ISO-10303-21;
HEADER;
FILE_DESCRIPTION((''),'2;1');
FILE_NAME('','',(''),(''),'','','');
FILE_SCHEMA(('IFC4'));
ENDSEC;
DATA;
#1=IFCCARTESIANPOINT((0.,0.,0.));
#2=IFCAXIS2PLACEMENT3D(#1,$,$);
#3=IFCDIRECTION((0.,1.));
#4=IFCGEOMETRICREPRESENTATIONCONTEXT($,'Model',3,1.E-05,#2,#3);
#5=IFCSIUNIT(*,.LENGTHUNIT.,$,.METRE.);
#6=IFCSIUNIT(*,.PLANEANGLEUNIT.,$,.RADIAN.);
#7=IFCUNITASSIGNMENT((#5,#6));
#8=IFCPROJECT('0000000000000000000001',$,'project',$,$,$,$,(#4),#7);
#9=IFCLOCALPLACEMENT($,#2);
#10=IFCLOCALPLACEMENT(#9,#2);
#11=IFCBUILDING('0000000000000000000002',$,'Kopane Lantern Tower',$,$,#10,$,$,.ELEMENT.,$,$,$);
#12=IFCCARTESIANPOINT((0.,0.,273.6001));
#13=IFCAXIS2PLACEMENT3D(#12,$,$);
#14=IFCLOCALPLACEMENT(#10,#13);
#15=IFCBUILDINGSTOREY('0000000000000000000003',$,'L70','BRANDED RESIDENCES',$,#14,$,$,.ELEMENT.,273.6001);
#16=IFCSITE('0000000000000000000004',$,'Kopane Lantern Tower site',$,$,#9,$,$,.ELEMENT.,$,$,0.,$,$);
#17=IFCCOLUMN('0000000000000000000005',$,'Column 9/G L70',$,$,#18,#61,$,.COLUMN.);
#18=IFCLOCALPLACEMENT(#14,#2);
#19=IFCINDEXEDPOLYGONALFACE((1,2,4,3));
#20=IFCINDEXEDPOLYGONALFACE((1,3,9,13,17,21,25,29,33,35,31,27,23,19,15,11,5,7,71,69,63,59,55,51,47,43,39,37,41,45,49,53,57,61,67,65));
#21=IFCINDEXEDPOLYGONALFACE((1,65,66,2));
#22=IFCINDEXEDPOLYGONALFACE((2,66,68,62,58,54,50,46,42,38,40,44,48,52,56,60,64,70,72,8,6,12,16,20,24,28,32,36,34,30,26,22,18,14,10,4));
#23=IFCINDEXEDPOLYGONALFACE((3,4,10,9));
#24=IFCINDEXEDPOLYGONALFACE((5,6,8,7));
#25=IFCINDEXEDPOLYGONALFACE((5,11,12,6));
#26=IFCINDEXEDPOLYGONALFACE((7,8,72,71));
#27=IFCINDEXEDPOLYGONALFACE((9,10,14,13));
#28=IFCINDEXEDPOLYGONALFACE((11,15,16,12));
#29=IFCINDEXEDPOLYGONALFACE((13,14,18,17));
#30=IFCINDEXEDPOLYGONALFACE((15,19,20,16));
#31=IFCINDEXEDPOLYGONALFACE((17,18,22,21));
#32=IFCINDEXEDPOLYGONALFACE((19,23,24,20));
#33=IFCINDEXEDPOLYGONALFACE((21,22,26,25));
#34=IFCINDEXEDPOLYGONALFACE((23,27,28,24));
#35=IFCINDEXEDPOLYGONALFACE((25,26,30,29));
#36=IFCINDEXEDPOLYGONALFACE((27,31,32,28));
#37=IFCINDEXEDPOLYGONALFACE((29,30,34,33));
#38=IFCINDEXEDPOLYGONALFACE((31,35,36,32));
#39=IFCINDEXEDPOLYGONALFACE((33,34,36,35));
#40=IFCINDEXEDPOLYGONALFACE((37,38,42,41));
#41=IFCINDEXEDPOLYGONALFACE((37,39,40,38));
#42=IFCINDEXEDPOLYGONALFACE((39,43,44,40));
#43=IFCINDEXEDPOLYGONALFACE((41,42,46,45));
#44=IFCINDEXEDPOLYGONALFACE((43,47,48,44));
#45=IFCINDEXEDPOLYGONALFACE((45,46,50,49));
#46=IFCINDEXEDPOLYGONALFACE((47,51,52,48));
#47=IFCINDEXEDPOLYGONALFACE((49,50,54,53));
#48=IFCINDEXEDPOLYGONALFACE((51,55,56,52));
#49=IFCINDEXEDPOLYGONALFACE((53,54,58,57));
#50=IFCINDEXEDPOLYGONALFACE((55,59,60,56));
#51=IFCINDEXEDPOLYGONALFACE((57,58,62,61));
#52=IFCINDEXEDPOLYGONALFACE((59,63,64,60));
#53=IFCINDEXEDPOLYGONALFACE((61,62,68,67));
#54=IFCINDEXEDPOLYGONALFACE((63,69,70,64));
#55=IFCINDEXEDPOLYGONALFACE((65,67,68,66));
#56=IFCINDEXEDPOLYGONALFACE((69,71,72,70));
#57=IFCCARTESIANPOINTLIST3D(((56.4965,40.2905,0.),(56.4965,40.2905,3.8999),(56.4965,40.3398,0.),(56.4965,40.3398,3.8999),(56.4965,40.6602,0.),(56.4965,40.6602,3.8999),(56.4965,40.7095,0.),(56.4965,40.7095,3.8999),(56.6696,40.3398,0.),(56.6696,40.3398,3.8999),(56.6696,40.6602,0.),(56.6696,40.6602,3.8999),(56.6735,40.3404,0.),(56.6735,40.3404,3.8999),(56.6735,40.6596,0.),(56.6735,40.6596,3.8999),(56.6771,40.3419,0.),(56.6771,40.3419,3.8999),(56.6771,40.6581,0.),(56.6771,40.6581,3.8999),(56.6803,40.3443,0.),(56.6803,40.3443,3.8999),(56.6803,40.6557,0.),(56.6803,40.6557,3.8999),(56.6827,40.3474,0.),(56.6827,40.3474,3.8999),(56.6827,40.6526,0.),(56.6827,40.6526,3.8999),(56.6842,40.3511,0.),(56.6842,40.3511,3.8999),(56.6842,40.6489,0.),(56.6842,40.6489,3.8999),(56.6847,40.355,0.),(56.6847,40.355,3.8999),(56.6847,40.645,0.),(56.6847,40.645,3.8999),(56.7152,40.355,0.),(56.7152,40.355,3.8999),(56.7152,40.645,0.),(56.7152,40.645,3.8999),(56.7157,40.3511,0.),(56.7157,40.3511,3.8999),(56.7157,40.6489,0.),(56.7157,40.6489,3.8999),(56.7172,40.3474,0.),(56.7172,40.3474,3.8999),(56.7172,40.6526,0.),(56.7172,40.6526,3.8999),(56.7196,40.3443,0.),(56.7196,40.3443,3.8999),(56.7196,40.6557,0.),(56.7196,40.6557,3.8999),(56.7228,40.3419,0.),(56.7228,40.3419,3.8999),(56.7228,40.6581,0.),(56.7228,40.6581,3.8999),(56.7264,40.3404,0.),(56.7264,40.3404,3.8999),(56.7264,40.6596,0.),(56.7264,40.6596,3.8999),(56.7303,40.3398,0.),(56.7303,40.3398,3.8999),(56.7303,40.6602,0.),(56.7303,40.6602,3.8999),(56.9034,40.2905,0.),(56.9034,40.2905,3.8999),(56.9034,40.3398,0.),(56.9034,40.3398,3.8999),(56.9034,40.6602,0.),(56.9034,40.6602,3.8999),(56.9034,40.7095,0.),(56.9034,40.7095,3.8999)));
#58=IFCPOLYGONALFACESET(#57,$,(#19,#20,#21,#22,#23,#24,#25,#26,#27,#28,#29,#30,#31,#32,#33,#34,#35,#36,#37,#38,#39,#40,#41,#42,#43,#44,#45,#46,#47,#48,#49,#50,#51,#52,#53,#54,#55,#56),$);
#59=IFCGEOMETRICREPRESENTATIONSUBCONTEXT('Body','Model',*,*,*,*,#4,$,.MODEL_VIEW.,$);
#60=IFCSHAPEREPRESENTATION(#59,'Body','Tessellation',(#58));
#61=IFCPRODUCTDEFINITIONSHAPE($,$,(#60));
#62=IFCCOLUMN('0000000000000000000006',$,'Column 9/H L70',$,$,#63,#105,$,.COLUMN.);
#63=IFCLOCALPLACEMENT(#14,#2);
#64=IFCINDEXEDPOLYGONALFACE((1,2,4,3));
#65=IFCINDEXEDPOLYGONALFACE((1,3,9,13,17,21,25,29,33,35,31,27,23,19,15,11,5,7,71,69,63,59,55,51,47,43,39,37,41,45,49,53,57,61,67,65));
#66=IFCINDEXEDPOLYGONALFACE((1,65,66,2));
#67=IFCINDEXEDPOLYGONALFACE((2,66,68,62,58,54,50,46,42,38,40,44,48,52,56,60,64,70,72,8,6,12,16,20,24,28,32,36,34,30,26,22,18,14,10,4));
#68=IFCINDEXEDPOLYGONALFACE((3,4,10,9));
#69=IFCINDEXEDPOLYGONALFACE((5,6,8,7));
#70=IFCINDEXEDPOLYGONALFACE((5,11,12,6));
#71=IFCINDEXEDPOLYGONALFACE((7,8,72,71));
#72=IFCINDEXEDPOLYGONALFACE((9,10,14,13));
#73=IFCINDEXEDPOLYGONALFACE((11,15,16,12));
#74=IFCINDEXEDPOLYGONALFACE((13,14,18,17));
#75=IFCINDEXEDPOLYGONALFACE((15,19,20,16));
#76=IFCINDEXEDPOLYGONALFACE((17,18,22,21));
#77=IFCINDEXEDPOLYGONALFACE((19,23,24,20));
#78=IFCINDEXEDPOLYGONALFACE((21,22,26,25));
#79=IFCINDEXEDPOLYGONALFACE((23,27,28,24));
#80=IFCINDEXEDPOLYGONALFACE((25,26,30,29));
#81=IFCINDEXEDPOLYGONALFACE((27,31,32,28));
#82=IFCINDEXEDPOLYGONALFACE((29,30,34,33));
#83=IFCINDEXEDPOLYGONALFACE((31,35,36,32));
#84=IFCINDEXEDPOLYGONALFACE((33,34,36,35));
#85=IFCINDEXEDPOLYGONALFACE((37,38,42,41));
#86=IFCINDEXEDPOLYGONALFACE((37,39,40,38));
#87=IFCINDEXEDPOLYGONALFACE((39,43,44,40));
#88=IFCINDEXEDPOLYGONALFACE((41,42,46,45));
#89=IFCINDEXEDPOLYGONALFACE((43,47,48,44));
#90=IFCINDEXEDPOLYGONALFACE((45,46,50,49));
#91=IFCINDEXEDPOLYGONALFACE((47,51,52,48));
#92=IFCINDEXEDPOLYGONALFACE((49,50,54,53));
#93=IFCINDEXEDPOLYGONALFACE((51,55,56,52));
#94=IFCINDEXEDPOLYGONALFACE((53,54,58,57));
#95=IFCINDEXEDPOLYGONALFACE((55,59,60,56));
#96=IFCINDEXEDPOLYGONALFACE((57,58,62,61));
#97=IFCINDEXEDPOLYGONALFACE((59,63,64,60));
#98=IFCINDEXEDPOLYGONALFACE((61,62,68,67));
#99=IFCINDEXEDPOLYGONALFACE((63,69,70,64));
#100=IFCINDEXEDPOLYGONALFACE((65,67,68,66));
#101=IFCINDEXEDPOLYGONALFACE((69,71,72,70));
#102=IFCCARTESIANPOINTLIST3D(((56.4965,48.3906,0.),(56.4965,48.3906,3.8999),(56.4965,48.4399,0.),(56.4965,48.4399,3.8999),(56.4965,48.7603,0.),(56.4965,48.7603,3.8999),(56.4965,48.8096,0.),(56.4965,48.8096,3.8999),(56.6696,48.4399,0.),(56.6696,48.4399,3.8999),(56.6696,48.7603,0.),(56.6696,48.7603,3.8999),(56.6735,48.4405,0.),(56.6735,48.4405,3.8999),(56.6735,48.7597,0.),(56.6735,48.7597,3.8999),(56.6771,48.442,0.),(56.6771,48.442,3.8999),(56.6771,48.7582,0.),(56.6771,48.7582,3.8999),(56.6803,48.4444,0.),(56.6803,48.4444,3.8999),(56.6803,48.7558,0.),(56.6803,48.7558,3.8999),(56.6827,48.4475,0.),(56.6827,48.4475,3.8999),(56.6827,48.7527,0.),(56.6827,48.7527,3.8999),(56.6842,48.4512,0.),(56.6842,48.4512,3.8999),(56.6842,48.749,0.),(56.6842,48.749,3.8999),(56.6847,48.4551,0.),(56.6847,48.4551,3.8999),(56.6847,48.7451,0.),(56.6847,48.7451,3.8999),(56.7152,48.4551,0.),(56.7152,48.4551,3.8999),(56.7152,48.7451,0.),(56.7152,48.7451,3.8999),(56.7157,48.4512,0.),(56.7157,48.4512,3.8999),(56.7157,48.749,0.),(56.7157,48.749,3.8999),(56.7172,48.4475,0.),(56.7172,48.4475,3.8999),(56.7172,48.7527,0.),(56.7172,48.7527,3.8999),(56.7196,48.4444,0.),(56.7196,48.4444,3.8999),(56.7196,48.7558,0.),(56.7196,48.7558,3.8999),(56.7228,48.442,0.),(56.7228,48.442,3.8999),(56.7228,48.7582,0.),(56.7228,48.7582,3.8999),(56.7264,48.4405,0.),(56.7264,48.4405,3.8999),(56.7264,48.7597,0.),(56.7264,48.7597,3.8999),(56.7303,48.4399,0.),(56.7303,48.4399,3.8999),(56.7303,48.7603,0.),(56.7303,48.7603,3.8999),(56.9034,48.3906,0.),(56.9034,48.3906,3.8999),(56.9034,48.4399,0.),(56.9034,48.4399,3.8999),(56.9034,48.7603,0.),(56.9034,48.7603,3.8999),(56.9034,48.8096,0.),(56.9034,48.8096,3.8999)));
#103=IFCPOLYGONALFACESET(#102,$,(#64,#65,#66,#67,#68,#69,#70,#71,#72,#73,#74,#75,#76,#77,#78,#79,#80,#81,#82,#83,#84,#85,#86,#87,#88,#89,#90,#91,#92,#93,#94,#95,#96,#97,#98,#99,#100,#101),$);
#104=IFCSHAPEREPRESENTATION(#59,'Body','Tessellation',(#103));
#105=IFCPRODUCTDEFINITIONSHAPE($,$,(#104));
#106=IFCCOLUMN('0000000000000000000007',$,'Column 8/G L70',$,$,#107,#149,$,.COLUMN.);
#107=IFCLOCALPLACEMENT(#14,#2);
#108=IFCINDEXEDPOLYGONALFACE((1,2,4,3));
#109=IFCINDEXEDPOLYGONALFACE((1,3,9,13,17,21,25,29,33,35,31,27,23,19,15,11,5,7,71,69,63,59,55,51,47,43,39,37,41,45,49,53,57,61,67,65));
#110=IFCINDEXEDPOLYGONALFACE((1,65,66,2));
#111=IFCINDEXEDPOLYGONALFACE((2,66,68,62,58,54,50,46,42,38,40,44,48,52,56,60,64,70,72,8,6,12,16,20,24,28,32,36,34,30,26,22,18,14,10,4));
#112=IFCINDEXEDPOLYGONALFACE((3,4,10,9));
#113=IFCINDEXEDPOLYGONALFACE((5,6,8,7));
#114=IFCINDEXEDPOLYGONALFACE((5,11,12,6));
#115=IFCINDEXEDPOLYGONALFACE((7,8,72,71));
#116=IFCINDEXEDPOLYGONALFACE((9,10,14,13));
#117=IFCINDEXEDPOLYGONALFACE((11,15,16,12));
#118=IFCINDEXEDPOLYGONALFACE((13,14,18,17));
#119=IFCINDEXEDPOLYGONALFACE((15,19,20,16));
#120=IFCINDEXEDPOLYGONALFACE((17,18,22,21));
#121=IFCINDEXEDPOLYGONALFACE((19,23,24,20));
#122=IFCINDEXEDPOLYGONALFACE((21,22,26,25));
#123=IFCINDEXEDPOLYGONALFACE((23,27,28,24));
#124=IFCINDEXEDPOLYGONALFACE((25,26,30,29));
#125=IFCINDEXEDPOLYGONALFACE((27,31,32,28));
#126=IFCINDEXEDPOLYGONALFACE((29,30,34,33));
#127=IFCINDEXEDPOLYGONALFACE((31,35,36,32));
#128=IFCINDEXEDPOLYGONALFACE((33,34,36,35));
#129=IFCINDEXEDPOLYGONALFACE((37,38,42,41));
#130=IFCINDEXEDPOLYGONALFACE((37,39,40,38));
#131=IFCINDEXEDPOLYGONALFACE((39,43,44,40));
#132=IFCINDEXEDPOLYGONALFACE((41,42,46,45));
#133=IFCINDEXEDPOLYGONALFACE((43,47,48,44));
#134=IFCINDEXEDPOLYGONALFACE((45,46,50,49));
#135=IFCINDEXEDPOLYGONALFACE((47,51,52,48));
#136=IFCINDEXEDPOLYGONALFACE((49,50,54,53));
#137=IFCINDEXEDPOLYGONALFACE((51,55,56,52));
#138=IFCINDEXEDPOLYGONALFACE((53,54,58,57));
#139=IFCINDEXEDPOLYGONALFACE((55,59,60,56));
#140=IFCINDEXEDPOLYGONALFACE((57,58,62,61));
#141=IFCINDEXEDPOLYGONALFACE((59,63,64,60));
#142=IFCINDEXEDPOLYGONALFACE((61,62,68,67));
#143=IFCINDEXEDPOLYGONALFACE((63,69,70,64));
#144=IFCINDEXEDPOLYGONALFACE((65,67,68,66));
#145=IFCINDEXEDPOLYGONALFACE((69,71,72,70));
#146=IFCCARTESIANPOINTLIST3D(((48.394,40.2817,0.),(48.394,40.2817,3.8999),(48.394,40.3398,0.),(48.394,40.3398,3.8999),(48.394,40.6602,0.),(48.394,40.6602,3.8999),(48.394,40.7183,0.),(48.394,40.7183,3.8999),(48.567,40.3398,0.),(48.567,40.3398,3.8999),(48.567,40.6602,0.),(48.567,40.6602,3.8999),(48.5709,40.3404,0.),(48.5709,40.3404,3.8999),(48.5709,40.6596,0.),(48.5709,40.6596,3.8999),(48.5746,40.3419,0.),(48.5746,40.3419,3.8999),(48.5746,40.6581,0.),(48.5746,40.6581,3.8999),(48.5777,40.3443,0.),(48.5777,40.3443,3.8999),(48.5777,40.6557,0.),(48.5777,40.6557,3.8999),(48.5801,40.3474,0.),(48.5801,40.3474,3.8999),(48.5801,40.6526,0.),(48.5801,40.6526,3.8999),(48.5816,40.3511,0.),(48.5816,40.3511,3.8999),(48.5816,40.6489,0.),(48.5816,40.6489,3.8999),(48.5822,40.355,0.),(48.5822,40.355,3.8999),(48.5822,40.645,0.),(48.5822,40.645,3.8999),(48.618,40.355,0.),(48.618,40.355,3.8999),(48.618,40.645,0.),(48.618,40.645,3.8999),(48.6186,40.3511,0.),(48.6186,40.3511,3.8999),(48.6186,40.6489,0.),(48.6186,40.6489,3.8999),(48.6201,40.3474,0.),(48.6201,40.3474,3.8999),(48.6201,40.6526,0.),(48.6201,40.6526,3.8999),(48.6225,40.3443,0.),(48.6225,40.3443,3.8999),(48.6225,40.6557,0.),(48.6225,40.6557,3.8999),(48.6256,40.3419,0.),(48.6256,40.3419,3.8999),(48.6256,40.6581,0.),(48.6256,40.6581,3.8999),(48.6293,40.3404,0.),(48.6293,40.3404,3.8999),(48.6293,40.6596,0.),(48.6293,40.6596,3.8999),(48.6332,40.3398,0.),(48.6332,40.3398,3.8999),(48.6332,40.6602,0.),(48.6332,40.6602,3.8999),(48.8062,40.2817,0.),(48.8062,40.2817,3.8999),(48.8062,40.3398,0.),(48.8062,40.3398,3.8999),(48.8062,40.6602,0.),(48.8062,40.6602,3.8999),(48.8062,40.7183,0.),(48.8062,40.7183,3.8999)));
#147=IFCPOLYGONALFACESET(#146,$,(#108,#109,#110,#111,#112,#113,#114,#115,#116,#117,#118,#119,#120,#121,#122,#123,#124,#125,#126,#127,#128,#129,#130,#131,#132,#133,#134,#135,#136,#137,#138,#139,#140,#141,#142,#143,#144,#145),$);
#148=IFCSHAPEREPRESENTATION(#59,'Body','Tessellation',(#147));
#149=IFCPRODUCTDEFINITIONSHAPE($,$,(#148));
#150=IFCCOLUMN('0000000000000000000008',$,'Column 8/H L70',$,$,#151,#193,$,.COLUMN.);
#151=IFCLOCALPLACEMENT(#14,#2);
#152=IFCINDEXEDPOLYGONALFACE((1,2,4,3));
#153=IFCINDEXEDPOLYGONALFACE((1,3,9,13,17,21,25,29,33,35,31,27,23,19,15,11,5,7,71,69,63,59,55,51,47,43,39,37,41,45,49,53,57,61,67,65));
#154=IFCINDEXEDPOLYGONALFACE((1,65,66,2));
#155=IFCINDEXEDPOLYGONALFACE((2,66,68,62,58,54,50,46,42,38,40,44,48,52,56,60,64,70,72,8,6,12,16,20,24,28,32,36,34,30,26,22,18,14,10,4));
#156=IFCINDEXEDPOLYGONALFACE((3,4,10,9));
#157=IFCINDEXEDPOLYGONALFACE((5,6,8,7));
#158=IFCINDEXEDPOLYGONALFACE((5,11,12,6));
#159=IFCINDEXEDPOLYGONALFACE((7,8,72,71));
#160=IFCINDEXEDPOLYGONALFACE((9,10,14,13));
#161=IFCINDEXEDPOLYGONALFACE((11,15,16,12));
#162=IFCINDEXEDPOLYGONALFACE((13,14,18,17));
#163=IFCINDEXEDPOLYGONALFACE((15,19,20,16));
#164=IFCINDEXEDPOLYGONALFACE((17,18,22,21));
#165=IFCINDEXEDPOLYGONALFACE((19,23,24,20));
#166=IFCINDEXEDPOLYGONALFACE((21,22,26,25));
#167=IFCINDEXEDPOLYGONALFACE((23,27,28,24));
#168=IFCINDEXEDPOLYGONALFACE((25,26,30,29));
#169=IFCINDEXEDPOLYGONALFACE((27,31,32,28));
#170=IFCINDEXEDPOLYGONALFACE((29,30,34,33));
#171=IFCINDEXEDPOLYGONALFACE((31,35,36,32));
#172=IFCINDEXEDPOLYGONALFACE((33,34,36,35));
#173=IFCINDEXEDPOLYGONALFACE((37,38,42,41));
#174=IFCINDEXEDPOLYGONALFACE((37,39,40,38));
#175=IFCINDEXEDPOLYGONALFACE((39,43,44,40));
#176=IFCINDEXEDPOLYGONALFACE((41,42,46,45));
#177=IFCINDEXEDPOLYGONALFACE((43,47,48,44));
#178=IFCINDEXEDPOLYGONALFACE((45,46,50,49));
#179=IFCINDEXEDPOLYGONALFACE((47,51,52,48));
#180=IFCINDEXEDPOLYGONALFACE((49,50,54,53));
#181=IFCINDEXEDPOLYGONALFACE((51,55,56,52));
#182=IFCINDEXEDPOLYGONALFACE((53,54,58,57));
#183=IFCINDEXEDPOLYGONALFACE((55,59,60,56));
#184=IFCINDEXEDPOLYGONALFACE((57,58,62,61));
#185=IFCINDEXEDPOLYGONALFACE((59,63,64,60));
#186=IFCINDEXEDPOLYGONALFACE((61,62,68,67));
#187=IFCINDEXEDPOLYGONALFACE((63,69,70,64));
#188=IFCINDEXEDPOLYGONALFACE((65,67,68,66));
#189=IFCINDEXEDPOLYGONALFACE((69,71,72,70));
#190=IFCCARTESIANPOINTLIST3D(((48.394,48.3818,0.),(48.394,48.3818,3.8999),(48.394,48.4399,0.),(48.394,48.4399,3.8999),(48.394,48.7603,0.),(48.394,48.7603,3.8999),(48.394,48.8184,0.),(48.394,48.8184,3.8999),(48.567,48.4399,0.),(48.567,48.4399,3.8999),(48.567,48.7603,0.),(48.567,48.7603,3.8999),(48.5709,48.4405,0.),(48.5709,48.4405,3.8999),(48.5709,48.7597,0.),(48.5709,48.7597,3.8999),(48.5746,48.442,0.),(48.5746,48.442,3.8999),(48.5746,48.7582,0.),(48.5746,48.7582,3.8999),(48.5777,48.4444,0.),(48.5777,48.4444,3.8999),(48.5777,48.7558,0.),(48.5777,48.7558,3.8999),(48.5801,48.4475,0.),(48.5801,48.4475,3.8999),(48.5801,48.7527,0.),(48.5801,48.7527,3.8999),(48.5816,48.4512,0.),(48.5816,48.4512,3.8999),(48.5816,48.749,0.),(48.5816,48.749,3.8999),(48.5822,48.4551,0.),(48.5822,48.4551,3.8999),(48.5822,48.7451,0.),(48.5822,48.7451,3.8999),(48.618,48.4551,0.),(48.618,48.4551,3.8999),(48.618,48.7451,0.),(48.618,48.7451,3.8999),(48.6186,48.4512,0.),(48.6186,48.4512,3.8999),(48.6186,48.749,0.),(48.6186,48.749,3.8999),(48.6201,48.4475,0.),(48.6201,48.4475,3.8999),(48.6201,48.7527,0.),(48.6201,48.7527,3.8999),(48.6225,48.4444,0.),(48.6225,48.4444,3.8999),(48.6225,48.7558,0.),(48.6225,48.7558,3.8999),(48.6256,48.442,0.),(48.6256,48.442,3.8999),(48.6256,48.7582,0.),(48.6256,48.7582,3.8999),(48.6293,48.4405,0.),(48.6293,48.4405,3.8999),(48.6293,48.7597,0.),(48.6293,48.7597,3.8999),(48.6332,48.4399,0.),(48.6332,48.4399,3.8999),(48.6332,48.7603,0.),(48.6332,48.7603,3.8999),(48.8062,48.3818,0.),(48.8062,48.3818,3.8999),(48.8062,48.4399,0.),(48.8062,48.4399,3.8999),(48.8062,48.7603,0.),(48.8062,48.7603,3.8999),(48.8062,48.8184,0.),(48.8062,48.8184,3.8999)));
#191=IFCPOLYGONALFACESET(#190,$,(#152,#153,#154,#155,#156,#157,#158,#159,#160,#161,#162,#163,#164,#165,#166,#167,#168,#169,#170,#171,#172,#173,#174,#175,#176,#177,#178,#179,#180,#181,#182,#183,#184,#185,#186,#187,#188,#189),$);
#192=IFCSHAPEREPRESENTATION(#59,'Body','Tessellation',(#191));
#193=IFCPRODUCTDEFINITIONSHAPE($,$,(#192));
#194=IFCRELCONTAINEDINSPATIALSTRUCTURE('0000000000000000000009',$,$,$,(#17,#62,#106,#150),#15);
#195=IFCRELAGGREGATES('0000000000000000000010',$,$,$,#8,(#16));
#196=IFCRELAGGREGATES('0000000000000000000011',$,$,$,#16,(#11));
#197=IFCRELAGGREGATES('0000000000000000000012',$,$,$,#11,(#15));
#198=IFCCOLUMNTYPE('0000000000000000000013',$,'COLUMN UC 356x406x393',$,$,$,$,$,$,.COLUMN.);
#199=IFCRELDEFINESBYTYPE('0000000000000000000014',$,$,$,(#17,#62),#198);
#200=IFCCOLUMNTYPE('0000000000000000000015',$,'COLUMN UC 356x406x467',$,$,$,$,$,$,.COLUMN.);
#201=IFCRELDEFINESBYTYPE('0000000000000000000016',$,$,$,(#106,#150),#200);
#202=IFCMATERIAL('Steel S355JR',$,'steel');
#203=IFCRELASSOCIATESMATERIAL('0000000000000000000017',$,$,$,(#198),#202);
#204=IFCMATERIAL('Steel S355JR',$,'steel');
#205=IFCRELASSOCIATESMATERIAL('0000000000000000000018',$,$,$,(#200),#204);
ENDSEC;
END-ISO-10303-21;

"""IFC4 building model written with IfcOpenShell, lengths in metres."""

from ifc_helpers import new_model, si_unit, direction, frame, origin, origin_2d, place, context, subcontext, project, spatial, i_section, extrude, material, material_profile, profile_set, type_object, element, save


model = new_model("IFC4")

# Units and contexts
model_context = context("Model", 3, precision=1e-05, world=origin(), true_north=direction((0.0, 1.0)))
body_context = subcontext(model_context, "Body", "Model", "MODEL_VIEW")
ifc_project = project(units=[si_unit("LENGTHUNIT", "METRE"), si_unit("PLANEANGLEUNIT", "RADIAN")], contexts=[model_context])

# Site, building, storey
site_placement = place(None, origin())
site = spatial("IfcSite", under=ifc_project, at=site_placement, Name="Kopane Lantern Tower site", CompositionType="ELEMENT", RefElevation=0.0)
building_placement = place(site_placement, origin())
building = spatial("IfcBuilding", under=site, at=building_placement, Name="Kopane Lantern Tower", CompositionType="ELEMENT")
storey_placement = place(building_placement, frame((0.0, 0.0, 273.6001)))
storey = spatial("IfcBuildingStorey", under=building, at=storey_placement, Name="L70", Description="BRANDED RESIDENCES", CompositionType="ELEMENT", Elevation=273.6001)

# Columns
ifc_material_1 = material(Name="Steel S355JR", Category="steel")
ifc_material_profile_1 = material_profile(ifc_material_1, i_section(OverallWidth=0.407, OverallDepth=0.4189, WebThickness=0.0305, FlangeThickness=0.0493, FilletRadius=0.0151, at=origin_2d()), Name="UC 356x406x393")
ifc_profile_set_1 = profile_set([ifc_material_profile_1], Name="Steel S355JR")
column_type_1 = type_object("IfcColumnType", Name="COLUMN UC 356x406x393", PredefinedType="COLUMN", material=ifc_profile_set_1)
for number, where, z_axis, x_axis, name in (
    (1, (56.7, 40.5, 0.0), (0.0, 0.0, 1.0), (1.0, 0.0, 0.0), "Column 9/G L70"),
    (2, (56.7, 48.6001, 0.0), (0.0, 0.0, 1.0), (1.0, 0.0, 0.0), "Column 9/H L70"),
):
    element("IfcColumn", number, at=place(storey_placement, frame(where, z_axis=z_axis, x_axis=x_axis)), inside=storey, type_object=column_type_1, Name=name, PredefinedType="COLUMN", context=body_context, shape_type="SweptSolid", body=[
        extrude(i_section(OverallWidth=0.407, OverallDepth=0.4189, WebThickness=0.0305, FlangeThickness=0.0493, FilletRadius=0.0151, at=origin_2d()), origin(), (0.0, 0.0, 1.0), 3.8999),
    ])
ifc_material_2 = material(Name="Steel S355JR", Category="steel")
ifc_material_profile_2 = material_profile(ifc_material_2, i_section(OverallWidth=0.4121, OverallDepth=0.4365, WebThickness=0.0359, FlangeThickness=0.0581, FilletRadius=0.0151, at=origin_2d()), Name="UC 356x406x467")
ifc_profile_set_2 = profile_set([ifc_material_profile_2], Name="Steel S355JR")
column_type_2 = type_object("IfcColumnType", Name="COLUMN UC 356x406x467", PredefinedType="COLUMN", material=ifc_profile_set_2)
for number, where, z_axis, x_axis, name in (
    (3, (48.6001, 40.5, 0.0), (0.0, 0.0, 1.0), (1.0, 0.0, 0.0), "Column 8/G L70"),
    (4, (48.6001, 48.6001, 0.0), (0.0, 0.0, 1.0), (1.0, 0.0, 0.0), "Column 8/H L70"),
):
    element("IfcColumn", number, at=place(storey_placement, frame(where, z_axis=z_axis, x_axis=x_axis)), inside=storey, type_object=column_type_2, Name=name, PredefinedType="COLUMN", context=body_context, shape_type="SweptSolid", body=[
        extrude(i_section(OverallWidth=0.4121, OverallDepth=0.4365, WebThickness=0.0359, FlangeThickness=0.0581, FilletRadius=0.0151, at=origin_2d()), origin(), (0.0, 0.0, 1.0), 3.8999),
    ])

save(model, "model.ifc")
